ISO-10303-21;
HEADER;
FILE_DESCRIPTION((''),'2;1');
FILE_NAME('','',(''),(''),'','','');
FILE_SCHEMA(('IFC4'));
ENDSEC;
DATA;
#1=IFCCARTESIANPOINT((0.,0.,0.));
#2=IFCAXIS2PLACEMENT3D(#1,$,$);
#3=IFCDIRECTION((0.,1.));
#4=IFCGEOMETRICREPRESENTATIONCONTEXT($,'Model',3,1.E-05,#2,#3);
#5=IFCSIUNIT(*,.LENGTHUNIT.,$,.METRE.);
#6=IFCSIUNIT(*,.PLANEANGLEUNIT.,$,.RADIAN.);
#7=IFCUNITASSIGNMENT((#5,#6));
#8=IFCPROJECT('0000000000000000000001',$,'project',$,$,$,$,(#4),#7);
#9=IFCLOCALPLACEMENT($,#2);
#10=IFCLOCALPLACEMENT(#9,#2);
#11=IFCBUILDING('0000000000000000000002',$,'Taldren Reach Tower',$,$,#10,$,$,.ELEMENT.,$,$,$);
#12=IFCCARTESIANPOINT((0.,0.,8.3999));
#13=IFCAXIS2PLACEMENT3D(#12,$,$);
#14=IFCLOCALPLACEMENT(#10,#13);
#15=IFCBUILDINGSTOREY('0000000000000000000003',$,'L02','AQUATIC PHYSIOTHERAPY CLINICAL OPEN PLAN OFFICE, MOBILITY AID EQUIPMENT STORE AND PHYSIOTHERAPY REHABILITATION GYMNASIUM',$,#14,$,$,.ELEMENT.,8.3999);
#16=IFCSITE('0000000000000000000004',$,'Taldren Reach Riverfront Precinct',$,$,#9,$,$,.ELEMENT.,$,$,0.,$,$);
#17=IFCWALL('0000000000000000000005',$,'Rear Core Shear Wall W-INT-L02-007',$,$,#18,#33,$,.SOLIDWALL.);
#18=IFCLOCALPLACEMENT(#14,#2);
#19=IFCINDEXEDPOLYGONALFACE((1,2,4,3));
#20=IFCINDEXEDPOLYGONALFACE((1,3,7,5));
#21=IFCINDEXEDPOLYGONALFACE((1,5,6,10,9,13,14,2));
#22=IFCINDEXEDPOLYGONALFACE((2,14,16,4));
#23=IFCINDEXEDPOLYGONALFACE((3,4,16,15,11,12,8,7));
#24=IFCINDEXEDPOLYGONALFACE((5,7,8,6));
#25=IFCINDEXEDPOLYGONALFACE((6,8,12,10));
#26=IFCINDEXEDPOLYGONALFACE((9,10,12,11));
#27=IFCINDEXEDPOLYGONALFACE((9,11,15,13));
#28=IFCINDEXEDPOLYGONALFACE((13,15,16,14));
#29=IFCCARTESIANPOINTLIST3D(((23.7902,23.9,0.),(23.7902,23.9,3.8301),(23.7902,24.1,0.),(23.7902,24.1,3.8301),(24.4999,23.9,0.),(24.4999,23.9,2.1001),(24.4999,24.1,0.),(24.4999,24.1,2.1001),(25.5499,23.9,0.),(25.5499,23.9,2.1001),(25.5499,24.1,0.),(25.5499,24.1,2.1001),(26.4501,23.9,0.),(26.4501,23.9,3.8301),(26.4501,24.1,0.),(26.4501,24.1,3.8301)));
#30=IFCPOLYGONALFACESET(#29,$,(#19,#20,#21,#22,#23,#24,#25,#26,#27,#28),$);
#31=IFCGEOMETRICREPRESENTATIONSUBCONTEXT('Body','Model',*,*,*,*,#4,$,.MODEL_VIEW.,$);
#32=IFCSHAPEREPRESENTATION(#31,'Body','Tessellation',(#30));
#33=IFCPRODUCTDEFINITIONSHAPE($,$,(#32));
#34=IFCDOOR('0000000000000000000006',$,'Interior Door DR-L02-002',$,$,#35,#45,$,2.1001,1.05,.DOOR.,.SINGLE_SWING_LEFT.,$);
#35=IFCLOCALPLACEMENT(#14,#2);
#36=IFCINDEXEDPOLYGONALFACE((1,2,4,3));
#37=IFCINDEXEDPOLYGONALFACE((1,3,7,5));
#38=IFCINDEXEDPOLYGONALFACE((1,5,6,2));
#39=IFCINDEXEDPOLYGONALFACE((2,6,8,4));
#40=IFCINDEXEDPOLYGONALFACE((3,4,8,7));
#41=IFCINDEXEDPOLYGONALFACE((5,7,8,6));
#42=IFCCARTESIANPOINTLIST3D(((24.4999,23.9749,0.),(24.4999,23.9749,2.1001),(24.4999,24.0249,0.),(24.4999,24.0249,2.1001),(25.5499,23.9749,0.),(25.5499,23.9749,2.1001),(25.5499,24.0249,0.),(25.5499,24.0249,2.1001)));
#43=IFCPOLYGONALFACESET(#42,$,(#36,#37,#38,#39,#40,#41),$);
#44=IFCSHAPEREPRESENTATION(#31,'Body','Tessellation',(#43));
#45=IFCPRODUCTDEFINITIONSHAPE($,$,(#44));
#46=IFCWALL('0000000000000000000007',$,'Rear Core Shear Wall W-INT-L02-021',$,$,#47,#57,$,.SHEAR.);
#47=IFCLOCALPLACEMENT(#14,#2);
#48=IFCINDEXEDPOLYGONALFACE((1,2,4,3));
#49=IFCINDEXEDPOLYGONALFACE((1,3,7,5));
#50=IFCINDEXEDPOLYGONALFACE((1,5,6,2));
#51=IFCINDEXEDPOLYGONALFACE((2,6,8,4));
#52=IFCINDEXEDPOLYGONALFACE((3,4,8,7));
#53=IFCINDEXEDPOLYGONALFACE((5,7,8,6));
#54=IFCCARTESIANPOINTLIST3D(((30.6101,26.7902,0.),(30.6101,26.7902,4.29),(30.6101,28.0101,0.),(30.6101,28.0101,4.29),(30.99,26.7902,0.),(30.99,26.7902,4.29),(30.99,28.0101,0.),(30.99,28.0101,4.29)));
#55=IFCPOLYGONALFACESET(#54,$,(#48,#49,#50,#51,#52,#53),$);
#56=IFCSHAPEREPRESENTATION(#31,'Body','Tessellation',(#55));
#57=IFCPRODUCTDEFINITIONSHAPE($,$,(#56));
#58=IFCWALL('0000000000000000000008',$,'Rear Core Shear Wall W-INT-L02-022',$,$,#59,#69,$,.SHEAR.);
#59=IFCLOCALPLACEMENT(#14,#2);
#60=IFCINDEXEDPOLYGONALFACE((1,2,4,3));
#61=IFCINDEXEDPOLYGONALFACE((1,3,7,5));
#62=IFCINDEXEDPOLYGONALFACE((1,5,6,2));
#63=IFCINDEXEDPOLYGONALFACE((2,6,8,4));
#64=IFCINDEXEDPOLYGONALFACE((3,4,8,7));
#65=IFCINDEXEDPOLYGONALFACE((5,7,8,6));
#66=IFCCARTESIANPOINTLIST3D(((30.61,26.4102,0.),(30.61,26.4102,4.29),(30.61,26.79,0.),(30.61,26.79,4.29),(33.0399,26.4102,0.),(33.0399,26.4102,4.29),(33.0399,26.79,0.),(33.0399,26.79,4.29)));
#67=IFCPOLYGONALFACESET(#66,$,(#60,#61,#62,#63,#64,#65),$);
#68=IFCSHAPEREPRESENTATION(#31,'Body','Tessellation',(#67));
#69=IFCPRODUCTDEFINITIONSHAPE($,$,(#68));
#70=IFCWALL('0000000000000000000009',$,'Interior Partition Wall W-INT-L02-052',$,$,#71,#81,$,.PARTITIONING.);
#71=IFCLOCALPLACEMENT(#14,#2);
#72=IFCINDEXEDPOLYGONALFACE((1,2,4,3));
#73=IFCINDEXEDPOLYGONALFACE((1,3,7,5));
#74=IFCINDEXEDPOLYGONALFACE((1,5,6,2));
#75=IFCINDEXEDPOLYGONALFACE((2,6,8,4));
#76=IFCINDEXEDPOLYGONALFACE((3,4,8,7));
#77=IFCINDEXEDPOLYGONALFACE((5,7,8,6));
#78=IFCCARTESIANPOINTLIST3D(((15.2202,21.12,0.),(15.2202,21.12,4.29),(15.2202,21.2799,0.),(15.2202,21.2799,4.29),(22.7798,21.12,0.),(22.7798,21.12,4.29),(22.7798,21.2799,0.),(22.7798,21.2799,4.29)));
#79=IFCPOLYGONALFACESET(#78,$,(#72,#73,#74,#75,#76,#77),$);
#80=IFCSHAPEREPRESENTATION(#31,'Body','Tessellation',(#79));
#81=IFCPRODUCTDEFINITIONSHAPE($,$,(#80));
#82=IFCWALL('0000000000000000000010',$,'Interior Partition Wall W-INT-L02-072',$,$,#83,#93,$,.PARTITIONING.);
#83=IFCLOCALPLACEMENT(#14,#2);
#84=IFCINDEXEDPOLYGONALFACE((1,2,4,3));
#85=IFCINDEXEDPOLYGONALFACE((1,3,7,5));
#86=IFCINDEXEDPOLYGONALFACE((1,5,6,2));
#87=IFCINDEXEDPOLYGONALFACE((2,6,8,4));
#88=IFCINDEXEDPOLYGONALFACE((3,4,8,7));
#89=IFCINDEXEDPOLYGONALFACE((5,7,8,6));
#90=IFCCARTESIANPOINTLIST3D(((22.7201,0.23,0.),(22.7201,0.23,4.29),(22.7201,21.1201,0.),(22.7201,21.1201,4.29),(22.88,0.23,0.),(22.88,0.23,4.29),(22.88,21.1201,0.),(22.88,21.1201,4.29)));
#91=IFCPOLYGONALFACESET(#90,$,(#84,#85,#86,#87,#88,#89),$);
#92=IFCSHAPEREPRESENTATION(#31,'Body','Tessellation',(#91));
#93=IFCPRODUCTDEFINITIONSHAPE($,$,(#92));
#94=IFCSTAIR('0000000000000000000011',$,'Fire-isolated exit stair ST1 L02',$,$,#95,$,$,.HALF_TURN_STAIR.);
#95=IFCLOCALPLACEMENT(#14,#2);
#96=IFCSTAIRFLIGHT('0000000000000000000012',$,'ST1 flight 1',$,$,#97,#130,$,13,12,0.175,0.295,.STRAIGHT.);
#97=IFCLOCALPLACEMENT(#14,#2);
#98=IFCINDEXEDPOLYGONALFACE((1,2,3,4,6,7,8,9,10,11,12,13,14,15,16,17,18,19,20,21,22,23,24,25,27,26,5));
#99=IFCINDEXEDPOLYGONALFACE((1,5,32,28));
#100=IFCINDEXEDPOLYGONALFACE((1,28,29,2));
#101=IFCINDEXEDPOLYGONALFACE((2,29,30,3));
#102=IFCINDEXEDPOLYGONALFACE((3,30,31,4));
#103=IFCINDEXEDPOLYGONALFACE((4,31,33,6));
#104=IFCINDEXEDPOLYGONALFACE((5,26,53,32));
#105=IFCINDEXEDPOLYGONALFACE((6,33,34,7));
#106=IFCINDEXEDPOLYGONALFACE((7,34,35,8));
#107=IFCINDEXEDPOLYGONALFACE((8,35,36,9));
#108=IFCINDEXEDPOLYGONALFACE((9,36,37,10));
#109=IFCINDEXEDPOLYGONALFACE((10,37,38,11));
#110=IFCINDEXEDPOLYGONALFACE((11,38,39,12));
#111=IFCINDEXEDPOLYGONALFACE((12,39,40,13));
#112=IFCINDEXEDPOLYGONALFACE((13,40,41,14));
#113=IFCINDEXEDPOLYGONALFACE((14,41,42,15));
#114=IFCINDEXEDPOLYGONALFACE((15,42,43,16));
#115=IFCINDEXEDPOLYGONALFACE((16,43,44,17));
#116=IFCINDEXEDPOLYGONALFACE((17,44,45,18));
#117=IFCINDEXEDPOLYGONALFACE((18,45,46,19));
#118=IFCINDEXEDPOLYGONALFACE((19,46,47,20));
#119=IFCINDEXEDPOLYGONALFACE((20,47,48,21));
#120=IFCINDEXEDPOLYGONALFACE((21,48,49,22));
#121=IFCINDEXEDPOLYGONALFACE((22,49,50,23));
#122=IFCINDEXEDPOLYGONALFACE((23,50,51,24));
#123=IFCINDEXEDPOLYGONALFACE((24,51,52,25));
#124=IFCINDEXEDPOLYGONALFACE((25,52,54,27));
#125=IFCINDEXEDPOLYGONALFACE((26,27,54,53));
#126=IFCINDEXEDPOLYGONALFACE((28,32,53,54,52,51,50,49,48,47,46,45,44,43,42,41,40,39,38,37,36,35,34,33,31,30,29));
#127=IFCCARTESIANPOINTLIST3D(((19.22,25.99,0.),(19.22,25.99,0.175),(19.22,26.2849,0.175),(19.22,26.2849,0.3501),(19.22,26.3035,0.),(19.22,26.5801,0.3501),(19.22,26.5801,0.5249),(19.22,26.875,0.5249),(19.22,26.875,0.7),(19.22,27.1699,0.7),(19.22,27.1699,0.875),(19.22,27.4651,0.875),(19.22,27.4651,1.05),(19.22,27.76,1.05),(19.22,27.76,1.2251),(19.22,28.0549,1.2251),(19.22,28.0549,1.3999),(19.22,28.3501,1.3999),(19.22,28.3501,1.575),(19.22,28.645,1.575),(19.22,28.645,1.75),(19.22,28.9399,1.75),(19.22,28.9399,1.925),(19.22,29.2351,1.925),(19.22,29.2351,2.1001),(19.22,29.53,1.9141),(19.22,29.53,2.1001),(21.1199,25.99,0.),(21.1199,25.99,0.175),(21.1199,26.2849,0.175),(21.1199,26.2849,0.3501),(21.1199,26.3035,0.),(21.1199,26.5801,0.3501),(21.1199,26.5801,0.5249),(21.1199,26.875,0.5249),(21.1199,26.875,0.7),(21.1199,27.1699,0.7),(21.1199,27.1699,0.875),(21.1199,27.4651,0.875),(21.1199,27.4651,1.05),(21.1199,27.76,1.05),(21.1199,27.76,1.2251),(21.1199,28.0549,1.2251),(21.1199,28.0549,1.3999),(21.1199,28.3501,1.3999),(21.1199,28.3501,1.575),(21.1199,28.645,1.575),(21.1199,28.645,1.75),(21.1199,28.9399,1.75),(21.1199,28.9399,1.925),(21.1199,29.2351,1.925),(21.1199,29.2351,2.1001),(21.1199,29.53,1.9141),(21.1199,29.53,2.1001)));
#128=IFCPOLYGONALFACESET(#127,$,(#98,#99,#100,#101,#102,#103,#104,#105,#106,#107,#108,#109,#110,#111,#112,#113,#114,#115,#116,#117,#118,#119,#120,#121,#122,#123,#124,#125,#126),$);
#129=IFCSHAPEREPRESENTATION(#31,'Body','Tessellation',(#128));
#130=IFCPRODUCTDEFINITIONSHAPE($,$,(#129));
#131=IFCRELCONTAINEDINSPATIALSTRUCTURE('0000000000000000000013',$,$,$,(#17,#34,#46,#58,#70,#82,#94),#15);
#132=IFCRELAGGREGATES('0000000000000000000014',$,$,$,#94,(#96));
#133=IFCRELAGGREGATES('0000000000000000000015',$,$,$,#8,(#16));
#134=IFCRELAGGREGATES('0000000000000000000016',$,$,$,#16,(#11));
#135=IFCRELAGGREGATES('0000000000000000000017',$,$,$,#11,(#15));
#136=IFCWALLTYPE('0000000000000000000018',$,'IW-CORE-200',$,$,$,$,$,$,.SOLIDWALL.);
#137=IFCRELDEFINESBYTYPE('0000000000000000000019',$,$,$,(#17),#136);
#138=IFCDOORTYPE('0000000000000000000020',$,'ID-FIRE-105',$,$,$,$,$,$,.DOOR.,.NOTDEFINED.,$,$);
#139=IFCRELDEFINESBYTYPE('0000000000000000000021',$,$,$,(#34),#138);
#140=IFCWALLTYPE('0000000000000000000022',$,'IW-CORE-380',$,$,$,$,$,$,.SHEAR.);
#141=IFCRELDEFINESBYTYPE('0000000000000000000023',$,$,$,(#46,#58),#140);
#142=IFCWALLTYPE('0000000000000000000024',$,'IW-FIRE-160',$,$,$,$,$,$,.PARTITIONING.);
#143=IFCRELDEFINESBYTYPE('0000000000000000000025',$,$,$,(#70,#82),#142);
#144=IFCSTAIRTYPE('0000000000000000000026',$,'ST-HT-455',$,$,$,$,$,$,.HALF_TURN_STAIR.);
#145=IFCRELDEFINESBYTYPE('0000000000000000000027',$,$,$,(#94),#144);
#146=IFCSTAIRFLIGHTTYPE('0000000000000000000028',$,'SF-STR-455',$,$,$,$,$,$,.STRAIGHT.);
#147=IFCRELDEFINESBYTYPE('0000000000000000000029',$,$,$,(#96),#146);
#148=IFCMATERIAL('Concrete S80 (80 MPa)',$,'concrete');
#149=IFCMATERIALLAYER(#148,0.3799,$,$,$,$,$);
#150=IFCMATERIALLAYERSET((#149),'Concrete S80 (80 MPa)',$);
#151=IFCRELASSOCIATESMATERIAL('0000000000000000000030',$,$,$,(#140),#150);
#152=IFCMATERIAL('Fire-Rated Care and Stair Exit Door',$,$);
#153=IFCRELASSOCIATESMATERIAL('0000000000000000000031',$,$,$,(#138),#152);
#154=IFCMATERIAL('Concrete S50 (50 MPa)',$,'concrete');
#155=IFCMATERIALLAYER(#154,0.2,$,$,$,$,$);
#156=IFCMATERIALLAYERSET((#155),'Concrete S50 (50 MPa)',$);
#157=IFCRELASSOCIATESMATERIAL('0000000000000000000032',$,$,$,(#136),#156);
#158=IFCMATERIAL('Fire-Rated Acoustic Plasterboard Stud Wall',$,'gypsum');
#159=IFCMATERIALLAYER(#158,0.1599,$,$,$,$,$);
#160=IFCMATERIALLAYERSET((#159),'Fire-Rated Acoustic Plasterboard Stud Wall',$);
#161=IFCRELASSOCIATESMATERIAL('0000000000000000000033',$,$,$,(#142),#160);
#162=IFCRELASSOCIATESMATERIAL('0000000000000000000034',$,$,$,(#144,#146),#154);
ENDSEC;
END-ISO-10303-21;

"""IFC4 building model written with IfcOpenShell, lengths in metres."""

from ifc_helpers import new_model, si_unit, direction, frame, frame_2d, origin, place, context, subcontext, project, spatial, polyline, rectangle, outline, extrude, source, transform, mapped, material, layer, layer_set, type_object, element, fill, aggregate, save


model = new_model("IFC4")

# Units and contexts
model_context = context("Model", 3, precision=1e-05, world=origin(), true_north=direction((0.0, 1.0)))
body_context = subcontext(model_context, "Body", "Model", "MODEL_VIEW")
ifc_project = project(units=[si_unit("LENGTHUNIT", "METRE"), si_unit("PLANEANGLEUNIT", "RADIAN")], contexts=[model_context])

# Site, building, storey
site_placement = place(None, origin())
site = spatial("IfcSite", under=ifc_project, at=site_placement, Name="Taldren Reach Riverfront Precinct", CompositionType="ELEMENT", RefElevation=0.0)
building_placement = place(site_placement, origin())
building = spatial("IfcBuilding", under=site, at=building_placement, Name="Taldren Reach Tower", CompositionType="ELEMENT")
storey_placement = place(building_placement, frame((0.0, 0.0, 8.3999)))
storey = spatial("IfcBuildingStorey", under=building, at=storey_placement, Name="L02", Description="AQUATIC PHYSIOTHERAPY CLINICAL OPEN PLAN OFFICE, MOBILITY AID EQUIPMENT STORE AND PHYSIOTHERAPY REHABILITATION GYMNASIUM", CompositionType="ELEMENT", Elevation=8.3999)

# Shared definitions
ifc_material_1 = material(Name="Concrete S80 (80 MPa)", Category="concrete")
ifc_layer_1 = layer(ifc_material_1, 0.3799)
ifc_layer_set_1 = layer_set([ifc_layer_1], Name="Concrete S80 (80 MPa)")
wall_type_1 = type_object("IfcWallType", Name="IW-CORE-380", PredefinedType="SHEAR", material=ifc_layer_set_1)

# Shared definitions
ifc_material_2 = material(Name="Fire-Rated Care and Stair Exit Door")
door_type = type_object("IfcDoorType", Name="ID-FIRE-105", OperationType="NOTDEFINED", PredefinedType="DOOR", material=ifc_material_2)
shared_shape_1 = source(origin(), body_context, "Body", "SweptSolid", [
    extrude(rectangle(XDim=1.05, YDim=2.1001, at=frame_2d((0.5249, 1.05))), frame((0.0, 0.0249, 0.0), z_axis=(0.0, -1.0, 0.0), x_axis=(1.0, 0.0, 0.0)), (0.0, 0.0, 1.0), 0.05),
])

# Shared definitions
ifc_material_3 = material(Name="Concrete S50 (50 MPa)", Category="concrete")
ifc_layer_2 = layer(ifc_material_3, 0.2)
ifc_layer_set_2 = layer_set([ifc_layer_2], Name="Concrete S50 (50 MPa)")
wall_type_2 = type_object("IfcWallType", Name="IW-CORE-200", PredefinedType="SOLIDWALL", material=ifc_layer_set_2)

# Wall, opening, door
shared_shape_2 = source(origin(), body_context, "Body", "SweptSolid", [
    extrude(rectangle(XDim=2.6599, YDim=0.2, at=frame_2d((1.3301, 0.0))), origin(), (0.0, 0.0, 1.0), 3.8301),
])
wall_1_placement = place(storey_placement, frame((23.79, 24.0, 0.0), z_axis=(0.0, 0.0, 1.0), x_axis=(1.0, 0.0, 0.0)))
wall_1 = element("IfcWall", 1, at=wall_1_placement, inside=storey, type_object=wall_type_2, Name="Rear Core Shear Wall W-INT-L02-007", PredefinedType="SOLIDWALL", context=body_context, shape_type="MappedRepresentation", body=[
    mapped(shared_shape_2, transform((0.0, 0.0, 0.0), scale=1.0)),
])
shared_shape_3 = source(origin(), body_context, "Body", "SweptSolid", [
    extrude(rectangle(XDim=1.05, YDim=2.1001, at=frame_2d((0.5249, 1.05))), frame((0.0, 0.1099, 0.0), z_axis=(0.0, -1.0, 0.0), x_axis=(1.0, 0.0, 0.0)), (0.0, 0.0, 1.0), 0.22),
])
opening_1_placement = place(wall_1_placement, frame((0.71, 0.0, 0.0)))
opening_1 = element("IfcOpeningElement", 2, at=opening_1_placement, cuts=wall_1, PredefinedType="OPENING", context=body_context, shape_type="MappedRepresentation", body=[
    mapped(shared_shape_3, transform((0.0, 0.0, 0.0), scale=1.0)),
])
door_1_placement = place(opening_1_placement, origin())
door_1 = element("IfcDoor", 3, at=door_1_placement, inside=storey, type_object=door_type, Name="Interior Door DR-L02-002", OperationType="SINGLE_SWING_LEFT", OverallHeight=2.1001, OverallWidth=1.05, PredefinedType="DOOR", context=body_context, shape_type="MappedRepresentation", body=[
    mapped(shared_shape_1, transform((0.0, 0.0, 0.0), scale=1.0)),
])
fill(opening_1, door_1)

# Walls
shared_shape_4 = source(origin(), body_context, "Body", "SweptSolid", [
    extrude(rectangle(XDim=1.22, YDim=0.3799, at=frame_2d((0.6099, 0.0))), origin(), (0.0, 0.0, 1.0), 4.29),
])
wall_2_placement = place(storey_placement, frame((30.8, 28.01, 0.0), z_axis=(0.0, 0.0, 1.0), x_axis=(0.0, -1.0, 0.0)))
element("IfcWall", 4, at=wall_2_placement, inside=storey, type_object=wall_type_1, Name="Rear Core Shear Wall W-INT-L02-021", PredefinedType="SHEAR", context=body_context, shape_type="MappedRepresentation", body=[
    mapped(shared_shape_4, transform((0.0, 0.0, 0.0), scale=1.0)),
])
shared_shape_5 = source(origin(), body_context, "Body", "SweptSolid", [
    extrude(rectangle(XDim=2.4299, YDim=0.3799, at=frame_2d((1.2148, 0.0))), origin(), (0.0, 0.0, 1.0), 4.29),
])
wall_3_placement = place(storey_placement, frame((30.6101, 26.6001, 0.0), z_axis=(0.0, 0.0, 1.0), x_axis=(1.0, 0.0, 0.0)))
element("IfcWall", 5, at=wall_3_placement, inside=storey, type_object=wall_type_1, Name="Rear Core Shear Wall W-INT-L02-022", PredefinedType="SHEAR", context=body_context, shape_type="MappedRepresentation", body=[
    mapped(shared_shape_5, transform((0.0, 0.0, 0.0), scale=1.0)),
])
ifc_material_4 = material(Name="Fire-Rated Acoustic Plasterboard Stud Wall", Category="gypsum")
ifc_layer_3 = layer(ifc_material_4, 0.1599)
ifc_layer_set_3 = layer_set([ifc_layer_3], Name="Fire-Rated Acoustic Plasterboard Stud Wall")
wall_type_3 = type_object("IfcWallType", Name="IW-FIRE-160", PredefinedType="PARTITIONING", material=ifc_layer_set_3)
shared_shape_6 = source(origin(), body_context, "Body", "SweptSolid", [
    extrude(rectangle(XDim=7.5596, YDim=0.1599, at=frame_2d((3.7798, 0.0))), origin(), (0.0, 0.0, 1.0), 4.29),
])
wall_4_placement = place(storey_placement, frame((22.7798, 21.2, 0.0), z_axis=(0.0, 0.0, 1.0), x_axis=(-1.0, 0.0, 0.0)))
element("IfcWall", 6, at=wall_4_placement, inside=storey, type_object=wall_type_3, Name="Interior Partition Wall W-INT-L02-052", PredefinedType="PARTITIONING", context=body_context, shape_type="MappedRepresentation", body=[
    mapped(shared_shape_6, transform((0.0, 0.0, 0.0), scale=1.0)),
])
shared_shape_7 = source(origin(), body_context, "Body", "SweptSolid", [
    extrude(rectangle(XDim=20.8901, YDim=0.1599, at=frame_2d((10.4451, 0.0))), origin(), (0.0, 0.0, 1.0), 4.29),
])
wall_5_placement = place(storey_placement, frame((22.8, 21.1201, 0.0), z_axis=(0.0, 0.0, 1.0), x_axis=(0.0, -1.0, 0.0)))
element("IfcWall", 7, at=wall_5_placement, inside=storey, type_object=wall_type_3, Name="Interior Partition Wall W-INT-L02-072", PredefinedType="PARTITIONING", context=body_context, shape_type="MappedRepresentation", body=[
    mapped(shared_shape_7, transform((0.0, 0.0, 0.0), scale=1.0)),
])

# Stair, stair flight
stair_type = type_object("IfcStairType", Name="ST-HT-455", PredefinedType="HALF_TURN_STAIR", material=ifc_material_3)
stair_placement = place(storey_placement, origin())
stair = element("IfcStair", 8, at=stair_placement, inside=storey, type_object=stair_type, Name="Fire-isolated exit stair ST1 L02", PredefinedType="HALF_TURN_STAIR")
stair_flight_type = type_object("IfcStairFlightType", Name="SF-STR-455", PredefinedType="STRAIGHT", material=ifc_material_3)
stair_flight_placement = place(storey_placement, frame((20.1699, 25.99, 0.0), z_axis=(0.0, 0.0, 1.0), x_axis=(0.0, 1.0, 0.0)))
stair_flight = element("IfcStairFlight", 9, at=stair_flight_placement, type_object=stair_flight_type, Name="ST1 flight 1", NumberOfRisers=13, NumberOfTreads=12, PredefinedType="STRAIGHT", RiserHeight=0.175, TreadLength=0.295, context=body_context, shape_type="SweptSolid", body=[
    extrude(outline(polyline([(0.0, 0.0), (0.0, 0.175), (0.2949, 0.175), (0.2949, 0.3501), (0.5901, 0.3501), (0.5901, 0.5249), (0.885, 0.5249), (0.885, 0.7), (1.1799, 0.7), (1.1799, 0.875), (1.4751, 0.875), (1.4751, 1.05), (1.77, 1.05), (1.77, 1.2251), (2.0649, 1.2251), (2.0649, 1.3999), (2.3601, 1.3999), (2.3601, 1.575), (2.655, 1.575), (2.655, 1.75), (2.95, 1.75), (2.95, 1.925), (3.2451, 1.925), (3.2451, 2.1001), (3.54, 2.1001), (3.54, 2.2749), (3.54, 1.9141), (0.3135, 0.0), (0.0, 0.0)])), frame((0.0, 0.95, 0.0), z_axis=(0.0, -1.0, 0.0), x_axis=(1.0, 0.0, 0.0)), (0.0, 0.0, 1.0), 1.8999),
])
aggregate(stair, [stair_flight])

save(model, "model.ifc")
